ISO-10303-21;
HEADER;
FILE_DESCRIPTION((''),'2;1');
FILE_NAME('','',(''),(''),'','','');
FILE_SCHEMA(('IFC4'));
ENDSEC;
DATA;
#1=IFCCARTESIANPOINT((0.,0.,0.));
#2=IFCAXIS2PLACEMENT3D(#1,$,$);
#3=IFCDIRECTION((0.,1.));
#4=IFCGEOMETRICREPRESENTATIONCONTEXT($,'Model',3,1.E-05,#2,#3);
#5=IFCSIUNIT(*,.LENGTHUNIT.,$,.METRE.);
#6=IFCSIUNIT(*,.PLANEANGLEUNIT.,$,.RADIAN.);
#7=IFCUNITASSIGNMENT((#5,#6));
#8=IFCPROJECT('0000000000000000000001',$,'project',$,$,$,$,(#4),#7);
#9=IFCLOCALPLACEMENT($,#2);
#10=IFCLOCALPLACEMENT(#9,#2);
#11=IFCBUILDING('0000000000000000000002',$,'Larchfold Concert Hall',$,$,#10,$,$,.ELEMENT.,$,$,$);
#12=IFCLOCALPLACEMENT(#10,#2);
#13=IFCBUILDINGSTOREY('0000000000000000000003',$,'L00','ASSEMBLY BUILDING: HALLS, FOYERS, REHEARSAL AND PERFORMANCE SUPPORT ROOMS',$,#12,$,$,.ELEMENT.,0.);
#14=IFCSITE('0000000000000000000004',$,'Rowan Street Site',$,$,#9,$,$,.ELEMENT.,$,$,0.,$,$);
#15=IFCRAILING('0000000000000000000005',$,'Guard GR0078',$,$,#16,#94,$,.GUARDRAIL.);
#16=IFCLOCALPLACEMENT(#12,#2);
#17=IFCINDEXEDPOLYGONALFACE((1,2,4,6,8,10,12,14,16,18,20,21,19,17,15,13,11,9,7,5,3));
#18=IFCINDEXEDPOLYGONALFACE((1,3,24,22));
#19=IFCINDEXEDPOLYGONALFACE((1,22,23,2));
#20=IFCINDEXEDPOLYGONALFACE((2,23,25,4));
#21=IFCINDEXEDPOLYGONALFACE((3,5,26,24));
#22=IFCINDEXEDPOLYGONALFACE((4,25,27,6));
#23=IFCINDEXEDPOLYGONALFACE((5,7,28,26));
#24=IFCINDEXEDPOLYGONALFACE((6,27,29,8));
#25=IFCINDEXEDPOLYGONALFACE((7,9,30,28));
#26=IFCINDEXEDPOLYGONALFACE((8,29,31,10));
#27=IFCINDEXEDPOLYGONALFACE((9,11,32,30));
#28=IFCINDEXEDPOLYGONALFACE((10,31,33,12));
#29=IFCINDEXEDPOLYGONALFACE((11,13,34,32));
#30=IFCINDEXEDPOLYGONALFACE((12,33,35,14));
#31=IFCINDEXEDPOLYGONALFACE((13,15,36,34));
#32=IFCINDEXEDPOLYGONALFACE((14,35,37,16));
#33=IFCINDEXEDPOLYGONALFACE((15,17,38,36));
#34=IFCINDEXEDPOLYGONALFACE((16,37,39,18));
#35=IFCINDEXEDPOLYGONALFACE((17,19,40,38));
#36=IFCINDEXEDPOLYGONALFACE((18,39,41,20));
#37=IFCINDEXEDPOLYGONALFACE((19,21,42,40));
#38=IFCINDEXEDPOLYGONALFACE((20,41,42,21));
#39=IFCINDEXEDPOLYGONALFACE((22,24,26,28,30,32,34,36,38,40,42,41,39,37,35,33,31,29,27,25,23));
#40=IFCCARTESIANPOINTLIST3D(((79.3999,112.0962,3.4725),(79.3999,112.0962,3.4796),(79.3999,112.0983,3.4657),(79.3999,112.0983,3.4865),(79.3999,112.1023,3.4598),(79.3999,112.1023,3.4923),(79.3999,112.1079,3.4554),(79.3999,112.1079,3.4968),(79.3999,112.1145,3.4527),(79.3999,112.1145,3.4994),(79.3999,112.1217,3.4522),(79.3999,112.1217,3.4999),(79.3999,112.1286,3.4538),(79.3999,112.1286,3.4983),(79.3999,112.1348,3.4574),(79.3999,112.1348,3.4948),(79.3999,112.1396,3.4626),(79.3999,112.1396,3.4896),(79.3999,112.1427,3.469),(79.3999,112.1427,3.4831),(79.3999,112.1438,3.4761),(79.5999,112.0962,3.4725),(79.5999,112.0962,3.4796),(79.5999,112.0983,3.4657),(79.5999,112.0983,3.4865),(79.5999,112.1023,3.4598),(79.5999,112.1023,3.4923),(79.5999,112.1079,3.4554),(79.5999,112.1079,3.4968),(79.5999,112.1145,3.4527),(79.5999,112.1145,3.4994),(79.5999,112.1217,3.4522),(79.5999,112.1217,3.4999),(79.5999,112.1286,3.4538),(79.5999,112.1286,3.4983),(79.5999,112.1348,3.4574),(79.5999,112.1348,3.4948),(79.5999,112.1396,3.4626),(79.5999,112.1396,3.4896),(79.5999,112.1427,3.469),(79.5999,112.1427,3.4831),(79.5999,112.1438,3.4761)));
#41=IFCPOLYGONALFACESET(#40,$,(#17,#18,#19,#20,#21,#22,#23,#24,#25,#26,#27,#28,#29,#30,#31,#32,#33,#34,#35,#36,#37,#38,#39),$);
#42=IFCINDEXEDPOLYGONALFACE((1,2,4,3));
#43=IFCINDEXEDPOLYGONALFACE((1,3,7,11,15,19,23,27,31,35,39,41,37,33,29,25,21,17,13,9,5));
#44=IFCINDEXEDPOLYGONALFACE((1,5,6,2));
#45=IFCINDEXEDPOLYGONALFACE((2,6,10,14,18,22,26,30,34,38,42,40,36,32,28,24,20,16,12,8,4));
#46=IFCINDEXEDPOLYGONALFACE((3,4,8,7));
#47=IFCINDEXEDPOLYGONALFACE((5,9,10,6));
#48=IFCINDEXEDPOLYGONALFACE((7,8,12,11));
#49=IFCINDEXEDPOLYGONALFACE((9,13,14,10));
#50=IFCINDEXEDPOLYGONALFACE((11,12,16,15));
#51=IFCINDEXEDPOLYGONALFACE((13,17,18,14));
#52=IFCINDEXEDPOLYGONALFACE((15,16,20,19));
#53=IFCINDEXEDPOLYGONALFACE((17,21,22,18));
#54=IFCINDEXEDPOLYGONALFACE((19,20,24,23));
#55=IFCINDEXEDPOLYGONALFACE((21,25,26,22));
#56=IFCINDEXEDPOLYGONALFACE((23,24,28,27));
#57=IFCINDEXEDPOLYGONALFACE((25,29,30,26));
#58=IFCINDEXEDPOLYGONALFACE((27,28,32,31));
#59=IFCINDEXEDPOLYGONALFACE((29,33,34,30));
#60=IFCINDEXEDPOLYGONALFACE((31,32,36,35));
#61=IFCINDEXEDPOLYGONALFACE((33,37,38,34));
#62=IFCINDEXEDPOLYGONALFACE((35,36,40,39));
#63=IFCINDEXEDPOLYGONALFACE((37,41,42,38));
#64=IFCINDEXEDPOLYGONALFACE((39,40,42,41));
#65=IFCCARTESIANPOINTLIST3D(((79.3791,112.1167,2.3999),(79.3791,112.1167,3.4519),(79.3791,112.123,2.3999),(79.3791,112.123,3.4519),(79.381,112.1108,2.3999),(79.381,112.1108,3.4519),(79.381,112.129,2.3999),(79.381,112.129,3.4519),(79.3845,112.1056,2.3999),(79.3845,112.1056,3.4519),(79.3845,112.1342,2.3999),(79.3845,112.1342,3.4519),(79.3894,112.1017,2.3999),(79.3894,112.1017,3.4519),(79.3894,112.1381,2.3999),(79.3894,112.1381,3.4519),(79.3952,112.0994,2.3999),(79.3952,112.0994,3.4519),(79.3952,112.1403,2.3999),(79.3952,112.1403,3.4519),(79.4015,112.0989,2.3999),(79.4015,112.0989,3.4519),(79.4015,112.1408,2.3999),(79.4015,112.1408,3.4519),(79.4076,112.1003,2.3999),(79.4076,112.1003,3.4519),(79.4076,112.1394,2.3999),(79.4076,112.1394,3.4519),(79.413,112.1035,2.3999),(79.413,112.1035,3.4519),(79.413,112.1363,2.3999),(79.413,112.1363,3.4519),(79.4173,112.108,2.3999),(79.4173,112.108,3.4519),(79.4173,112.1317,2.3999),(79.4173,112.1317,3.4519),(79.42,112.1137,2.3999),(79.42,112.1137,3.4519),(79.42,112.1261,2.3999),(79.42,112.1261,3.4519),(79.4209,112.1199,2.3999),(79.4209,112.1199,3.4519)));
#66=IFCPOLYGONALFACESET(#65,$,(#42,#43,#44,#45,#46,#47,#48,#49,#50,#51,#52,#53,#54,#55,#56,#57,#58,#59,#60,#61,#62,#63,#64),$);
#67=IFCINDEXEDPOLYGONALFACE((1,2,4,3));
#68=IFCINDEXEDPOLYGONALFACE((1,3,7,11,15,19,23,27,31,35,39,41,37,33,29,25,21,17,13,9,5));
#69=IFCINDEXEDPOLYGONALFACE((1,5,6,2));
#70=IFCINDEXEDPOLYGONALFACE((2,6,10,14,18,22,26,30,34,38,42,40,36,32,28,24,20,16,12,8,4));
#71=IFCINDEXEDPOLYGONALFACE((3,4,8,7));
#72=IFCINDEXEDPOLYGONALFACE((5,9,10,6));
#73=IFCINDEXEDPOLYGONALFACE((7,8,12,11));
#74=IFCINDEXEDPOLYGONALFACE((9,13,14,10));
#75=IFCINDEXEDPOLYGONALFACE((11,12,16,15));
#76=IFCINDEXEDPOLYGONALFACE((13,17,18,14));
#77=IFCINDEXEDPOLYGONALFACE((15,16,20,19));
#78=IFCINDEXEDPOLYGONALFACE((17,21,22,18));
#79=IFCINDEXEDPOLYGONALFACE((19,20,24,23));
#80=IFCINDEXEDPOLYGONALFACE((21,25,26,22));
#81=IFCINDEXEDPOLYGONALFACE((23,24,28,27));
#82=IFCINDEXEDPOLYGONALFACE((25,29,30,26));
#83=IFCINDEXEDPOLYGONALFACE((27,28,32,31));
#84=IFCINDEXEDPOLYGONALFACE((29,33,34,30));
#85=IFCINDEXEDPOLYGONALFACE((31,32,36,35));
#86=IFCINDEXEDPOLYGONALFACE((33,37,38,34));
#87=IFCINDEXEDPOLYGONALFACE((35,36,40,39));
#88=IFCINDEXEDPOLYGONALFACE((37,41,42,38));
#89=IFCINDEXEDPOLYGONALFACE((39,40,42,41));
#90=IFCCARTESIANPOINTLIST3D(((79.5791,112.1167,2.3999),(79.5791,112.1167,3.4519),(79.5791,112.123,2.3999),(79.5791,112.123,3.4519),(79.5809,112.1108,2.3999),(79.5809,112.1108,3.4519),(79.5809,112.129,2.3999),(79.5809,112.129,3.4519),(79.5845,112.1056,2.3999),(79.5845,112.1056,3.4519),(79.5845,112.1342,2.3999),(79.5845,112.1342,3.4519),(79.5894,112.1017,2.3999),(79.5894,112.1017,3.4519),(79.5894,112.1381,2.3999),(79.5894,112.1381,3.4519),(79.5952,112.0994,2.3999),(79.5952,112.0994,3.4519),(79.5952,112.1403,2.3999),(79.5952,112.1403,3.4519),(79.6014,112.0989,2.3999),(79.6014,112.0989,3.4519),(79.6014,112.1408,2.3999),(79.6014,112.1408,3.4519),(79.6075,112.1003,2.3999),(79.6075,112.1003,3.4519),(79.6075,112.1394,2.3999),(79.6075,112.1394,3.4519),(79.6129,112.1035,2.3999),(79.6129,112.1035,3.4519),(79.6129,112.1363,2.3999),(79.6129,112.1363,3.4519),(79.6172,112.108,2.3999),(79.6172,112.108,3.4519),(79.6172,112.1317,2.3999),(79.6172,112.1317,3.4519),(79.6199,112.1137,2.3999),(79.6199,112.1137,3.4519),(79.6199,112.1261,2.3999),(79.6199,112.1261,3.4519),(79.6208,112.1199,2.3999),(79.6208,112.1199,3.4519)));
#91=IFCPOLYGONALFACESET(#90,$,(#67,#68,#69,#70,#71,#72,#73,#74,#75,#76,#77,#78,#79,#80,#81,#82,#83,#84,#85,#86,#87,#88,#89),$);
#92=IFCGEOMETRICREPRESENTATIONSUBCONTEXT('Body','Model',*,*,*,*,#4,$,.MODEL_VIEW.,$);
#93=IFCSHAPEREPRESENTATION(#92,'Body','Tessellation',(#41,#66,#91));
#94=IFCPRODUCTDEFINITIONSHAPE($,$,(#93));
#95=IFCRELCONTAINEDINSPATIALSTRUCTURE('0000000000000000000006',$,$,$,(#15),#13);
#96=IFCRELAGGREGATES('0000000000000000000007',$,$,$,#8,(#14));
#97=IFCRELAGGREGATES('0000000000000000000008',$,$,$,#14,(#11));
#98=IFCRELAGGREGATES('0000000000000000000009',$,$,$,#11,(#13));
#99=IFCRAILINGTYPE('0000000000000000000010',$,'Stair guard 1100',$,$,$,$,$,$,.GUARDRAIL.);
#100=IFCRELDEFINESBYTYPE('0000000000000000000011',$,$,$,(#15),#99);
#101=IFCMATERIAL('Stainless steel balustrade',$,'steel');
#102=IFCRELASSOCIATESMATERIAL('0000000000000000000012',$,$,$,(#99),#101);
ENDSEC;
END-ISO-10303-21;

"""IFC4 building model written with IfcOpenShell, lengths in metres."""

from ifc_helpers import new_model, si_unit, direction, frame, origin, origin_2d, place, context, subcontext, project, spatial, circle, extrude, material, type_object, element, save


model = new_model("IFC4")

# Units and contexts
model_context = context("Model", 3, precision=1e-05, world=origin(), true_north=direction((0.0, 1.0)))
body_context = subcontext(model_context, "Body", "Model", "MODEL_VIEW")
ifc_project = project(units=[si_unit("LENGTHUNIT", "METRE"), si_unit("PLANEANGLEUNIT", "RADIAN")], contexts=[model_context])

# Site, building, storey
site_placement = place(None, origin())
site = spatial("IfcSite", under=ifc_project, at=site_placement, Name="Rowan Street Site", CompositionType="ELEMENT", RefElevation=0.0)
building_placement = place(site_placement, origin())
building = spatial("IfcBuilding", under=site, at=building_placement, Name="Larchfold Concert Hall", CompositionType="ELEMENT")
storey_placement = place(building_placement, origin())
storey = spatial("IfcBuildingStorey", under=building, at=storey_placement, Name="L00", Description="ASSEMBLY BUILDING: HALLS, FOYERS, REHEARSAL AND PERFORMANCE SUPPORT ROOMS", CompositionType="ELEMENT", Elevation=0.0)

# Railing
ifc_material_1 = material(Name="Stainless steel balustrade", Category="steel")
railing_type_1 = type_object("IfcRailingType", Name="Stair guard 1100", PredefinedType="GUARDRAIL", material=ifc_material_1)
railing_1_placement = place(storey_placement, frame((79.3999, 112.1199, 2.3999)))
element("IfcRailing", 1, at=railing_1_placement, inside=storey, type_object=railing_type_1, Name="Guard GR0078", PredefinedType="GUARDRAIL", context=body_context, shape_type="SweptSolid", body=[
    extrude(circle(Radius=0.0239, at=origin_2d()), frame((0.0, 0.0, 1.0762), z_axis=(1.0, 0.0, 0.0), x_axis=(0.0, 1.0, 0.0)), (0.0, 0.0, 1.0), 0.2),
    extrude(circle(Radius=0.021, at=origin_2d()), origin(), (0.0, 0.0, 1.0), 1.052),
    extrude(circle(Radius=0.021, at=origin_2d()), frame((0.2, 0.0, 0.0)), (0.0, 0.0, 1.0), 1.052),
])

save(model, "model.ifc")
